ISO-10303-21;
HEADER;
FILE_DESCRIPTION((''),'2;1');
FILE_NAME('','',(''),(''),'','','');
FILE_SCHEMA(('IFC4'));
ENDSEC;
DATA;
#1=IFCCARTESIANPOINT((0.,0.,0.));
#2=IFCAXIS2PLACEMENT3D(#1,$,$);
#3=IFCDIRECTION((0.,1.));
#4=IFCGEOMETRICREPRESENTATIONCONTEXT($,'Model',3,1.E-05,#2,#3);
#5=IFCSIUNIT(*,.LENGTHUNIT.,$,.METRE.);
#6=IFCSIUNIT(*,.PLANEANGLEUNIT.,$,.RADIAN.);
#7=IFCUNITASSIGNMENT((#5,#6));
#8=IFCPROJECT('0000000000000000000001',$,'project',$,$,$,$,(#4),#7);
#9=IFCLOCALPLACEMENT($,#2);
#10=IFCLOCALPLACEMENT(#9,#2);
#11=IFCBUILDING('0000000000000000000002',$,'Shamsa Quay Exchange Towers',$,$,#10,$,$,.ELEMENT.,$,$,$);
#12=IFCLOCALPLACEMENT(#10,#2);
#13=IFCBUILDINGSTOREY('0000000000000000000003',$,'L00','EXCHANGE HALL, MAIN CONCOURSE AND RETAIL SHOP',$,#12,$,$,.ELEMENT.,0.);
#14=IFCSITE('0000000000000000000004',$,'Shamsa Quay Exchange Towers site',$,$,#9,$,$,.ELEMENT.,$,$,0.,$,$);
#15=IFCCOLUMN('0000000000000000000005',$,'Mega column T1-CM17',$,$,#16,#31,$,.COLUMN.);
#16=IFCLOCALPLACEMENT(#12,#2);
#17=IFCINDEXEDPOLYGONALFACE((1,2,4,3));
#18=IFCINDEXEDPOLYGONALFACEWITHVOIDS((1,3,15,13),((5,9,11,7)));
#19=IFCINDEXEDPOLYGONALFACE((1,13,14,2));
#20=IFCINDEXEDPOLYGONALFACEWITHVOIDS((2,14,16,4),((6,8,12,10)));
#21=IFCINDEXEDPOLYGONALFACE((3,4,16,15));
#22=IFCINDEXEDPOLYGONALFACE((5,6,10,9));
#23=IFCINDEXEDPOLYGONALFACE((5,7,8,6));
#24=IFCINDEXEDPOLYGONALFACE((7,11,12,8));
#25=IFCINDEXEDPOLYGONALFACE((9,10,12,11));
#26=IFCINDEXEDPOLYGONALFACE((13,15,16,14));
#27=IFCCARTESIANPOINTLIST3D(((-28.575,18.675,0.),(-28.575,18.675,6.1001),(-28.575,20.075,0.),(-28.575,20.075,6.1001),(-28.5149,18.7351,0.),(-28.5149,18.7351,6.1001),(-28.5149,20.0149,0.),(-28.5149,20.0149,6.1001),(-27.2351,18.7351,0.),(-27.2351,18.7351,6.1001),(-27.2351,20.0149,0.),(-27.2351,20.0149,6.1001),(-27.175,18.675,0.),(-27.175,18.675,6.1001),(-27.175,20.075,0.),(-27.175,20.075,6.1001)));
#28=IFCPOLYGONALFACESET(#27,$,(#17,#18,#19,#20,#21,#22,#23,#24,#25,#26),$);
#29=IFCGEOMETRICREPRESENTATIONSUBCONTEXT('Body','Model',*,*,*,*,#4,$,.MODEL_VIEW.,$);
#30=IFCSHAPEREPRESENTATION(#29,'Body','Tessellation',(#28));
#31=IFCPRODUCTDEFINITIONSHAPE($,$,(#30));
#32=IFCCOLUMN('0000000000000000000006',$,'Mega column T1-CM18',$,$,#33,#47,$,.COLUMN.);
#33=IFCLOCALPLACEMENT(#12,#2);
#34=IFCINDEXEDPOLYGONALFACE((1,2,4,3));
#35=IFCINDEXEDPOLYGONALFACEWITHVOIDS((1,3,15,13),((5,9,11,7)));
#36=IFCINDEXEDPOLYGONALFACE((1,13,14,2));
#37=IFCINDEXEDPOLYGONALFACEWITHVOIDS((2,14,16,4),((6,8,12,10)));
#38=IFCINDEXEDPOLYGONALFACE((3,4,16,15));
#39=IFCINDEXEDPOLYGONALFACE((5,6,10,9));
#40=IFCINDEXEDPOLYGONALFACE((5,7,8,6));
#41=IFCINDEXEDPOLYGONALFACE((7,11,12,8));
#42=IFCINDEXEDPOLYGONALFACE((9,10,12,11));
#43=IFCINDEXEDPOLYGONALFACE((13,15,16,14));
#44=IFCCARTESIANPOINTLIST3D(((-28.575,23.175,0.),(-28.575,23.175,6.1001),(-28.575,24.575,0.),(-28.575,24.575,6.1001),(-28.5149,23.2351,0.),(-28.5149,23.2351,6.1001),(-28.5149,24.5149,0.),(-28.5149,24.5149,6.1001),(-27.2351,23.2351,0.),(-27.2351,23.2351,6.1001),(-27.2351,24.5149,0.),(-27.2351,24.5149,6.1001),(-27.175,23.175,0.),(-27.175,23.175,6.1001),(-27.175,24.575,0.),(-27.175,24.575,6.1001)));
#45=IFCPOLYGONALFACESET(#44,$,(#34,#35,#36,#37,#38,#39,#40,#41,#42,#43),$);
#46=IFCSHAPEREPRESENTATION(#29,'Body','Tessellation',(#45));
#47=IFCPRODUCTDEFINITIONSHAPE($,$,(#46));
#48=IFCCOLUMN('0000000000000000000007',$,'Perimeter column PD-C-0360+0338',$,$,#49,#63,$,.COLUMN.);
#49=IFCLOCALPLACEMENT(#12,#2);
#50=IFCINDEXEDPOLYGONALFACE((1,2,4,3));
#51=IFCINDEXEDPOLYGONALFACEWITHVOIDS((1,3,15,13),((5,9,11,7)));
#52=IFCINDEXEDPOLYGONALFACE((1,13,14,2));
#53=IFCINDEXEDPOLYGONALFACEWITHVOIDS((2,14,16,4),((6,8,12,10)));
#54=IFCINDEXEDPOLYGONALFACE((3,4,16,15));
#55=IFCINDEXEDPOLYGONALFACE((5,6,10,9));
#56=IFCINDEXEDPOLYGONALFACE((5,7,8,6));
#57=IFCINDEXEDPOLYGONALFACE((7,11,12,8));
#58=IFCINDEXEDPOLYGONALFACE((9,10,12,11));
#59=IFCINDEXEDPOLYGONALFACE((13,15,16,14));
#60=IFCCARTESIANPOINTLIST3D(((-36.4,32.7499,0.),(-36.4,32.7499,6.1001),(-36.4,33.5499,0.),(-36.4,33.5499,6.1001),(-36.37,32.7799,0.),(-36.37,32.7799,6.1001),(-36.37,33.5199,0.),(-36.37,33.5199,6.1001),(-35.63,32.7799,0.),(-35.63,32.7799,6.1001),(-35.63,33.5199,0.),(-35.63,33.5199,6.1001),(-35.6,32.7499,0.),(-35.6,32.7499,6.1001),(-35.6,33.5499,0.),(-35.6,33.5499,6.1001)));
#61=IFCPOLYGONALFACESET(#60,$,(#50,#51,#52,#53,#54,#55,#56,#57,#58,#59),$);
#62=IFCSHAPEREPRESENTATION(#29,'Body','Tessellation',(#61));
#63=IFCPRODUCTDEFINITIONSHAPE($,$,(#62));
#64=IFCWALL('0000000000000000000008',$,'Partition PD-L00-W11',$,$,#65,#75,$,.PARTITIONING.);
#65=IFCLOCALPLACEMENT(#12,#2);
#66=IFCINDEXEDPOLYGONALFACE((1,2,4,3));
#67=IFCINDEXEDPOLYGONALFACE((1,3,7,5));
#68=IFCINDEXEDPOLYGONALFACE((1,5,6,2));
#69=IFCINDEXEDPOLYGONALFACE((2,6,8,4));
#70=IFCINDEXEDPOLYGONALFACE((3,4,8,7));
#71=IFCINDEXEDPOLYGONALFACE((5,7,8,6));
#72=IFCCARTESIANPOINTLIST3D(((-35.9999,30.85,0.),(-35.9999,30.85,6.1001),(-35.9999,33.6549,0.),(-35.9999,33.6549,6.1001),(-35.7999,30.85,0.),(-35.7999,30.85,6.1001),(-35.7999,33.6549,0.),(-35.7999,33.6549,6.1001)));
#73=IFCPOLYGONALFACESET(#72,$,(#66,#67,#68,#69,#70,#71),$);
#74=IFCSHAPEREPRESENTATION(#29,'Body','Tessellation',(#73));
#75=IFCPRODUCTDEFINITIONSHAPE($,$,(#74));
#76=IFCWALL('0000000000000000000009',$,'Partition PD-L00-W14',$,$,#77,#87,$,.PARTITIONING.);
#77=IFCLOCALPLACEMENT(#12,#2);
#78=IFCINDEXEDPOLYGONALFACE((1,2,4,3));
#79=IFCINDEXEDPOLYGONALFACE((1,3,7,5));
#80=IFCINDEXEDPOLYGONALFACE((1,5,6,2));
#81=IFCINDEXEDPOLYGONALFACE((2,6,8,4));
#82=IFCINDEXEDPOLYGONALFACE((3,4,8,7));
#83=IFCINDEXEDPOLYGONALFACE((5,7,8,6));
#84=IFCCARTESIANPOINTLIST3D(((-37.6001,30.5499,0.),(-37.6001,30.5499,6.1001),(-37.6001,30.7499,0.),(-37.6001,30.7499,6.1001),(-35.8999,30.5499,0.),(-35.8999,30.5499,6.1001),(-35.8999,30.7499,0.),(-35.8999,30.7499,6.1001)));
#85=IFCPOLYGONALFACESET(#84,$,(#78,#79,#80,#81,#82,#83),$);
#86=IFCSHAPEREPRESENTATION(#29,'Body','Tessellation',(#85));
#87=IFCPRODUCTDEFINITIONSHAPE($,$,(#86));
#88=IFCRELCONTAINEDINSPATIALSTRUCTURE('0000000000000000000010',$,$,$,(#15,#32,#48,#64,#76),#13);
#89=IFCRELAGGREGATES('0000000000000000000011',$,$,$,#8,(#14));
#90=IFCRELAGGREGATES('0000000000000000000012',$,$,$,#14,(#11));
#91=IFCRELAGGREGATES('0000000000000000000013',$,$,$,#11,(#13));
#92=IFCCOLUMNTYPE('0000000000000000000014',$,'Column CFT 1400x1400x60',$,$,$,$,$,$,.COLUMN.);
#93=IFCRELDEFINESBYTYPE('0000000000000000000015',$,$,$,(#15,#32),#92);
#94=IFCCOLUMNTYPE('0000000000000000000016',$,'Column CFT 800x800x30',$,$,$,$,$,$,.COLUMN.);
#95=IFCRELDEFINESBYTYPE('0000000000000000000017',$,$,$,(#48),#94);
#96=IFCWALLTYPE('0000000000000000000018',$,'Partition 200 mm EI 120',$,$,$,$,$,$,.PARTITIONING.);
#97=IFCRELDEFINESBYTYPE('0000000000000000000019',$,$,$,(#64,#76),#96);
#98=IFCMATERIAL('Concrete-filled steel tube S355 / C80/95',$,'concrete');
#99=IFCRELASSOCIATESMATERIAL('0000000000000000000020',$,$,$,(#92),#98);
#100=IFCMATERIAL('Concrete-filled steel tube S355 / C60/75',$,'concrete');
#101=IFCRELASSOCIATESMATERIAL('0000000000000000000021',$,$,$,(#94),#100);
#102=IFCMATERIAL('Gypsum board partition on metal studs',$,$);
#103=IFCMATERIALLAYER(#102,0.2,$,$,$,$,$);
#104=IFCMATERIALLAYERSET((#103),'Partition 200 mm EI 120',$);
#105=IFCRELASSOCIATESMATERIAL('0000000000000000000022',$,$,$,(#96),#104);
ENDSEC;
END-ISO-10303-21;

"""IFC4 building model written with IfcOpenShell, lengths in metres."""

from ifc_helpers import new_model, si_unit, direction, frame, frame_2d, origin, origin_2d, place, context, subcontext, project, spatial, rectangle, hollow_rectangle, extrude, material, layer, layer_set, material_profile, profile_set, type_object, element, save


model = new_model("IFC4")

# Units and contexts
model_context = context("Model", 3, precision=1e-05, world=origin(), true_north=direction((0.0, 1.0)))
body_context = subcontext(model_context, "Body", "Model", "MODEL_VIEW")
ifc_project = project(units=[si_unit("LENGTHUNIT", "METRE"), si_unit("PLANEANGLEUNIT", "RADIAN")], contexts=[model_context])

# Site, building, storey
site_placement = place(None, origin())
site = spatial("IfcSite", under=ifc_project, at=site_placement, Name="Shamsa Quay Exchange Towers site", CompositionType="ELEMENT", RefElevation=0.0)
building_placement = place(site_placement, origin())
building = spatial("IfcBuilding", under=site, at=building_placement, Name="Shamsa Quay Exchange Towers", CompositionType="ELEMENT")
storey_placement = place(building_placement, origin())
storey = spatial("IfcBuildingStorey", under=building, at=storey_placement, Name="L00", Description="EXCHANGE HALL, MAIN CONCOURSE AND RETAIL SHOP", CompositionType="ELEMENT", Elevation=0.0)

# Columns
ifc_material_1 = material(Name="Concrete-filled steel tube S355 / C80/95", Category="concrete")
ifc_material_profile_1 = material_profile(ifc_material_1, hollow_rectangle(XDim=1.3999, YDim=1.3999, WallThickness=0.0601, at=origin_2d()), Name="CFT 1400x1400x60")
ifc_profile_set_1 = profile_set([ifc_material_profile_1], Name="Concrete-filled steel tube S355 / C80/95")
column_type_1 = type_object("IfcColumnType", Name="Column CFT 1400x1400x60", PredefinedType="COLUMN", material=ifc_profile_set_1)
for number, where, name in (
    (1, (-27.875, 19.375, 0.0), "Mega column T1-CM17"),
    (2, (-27.875, 23.875, 0.0), "Mega column T1-CM18"),
):
    element("IfcColumn", number, at=place(storey_placement, frame(where)), inside=storey, type_object=column_type_1, Name=name, PredefinedType="COLUMN", context=body_context, shape_type="SweptSolid", body=[
        extrude(hollow_rectangle(XDim=1.3999, YDim=1.3999, WallThickness=0.0601, at=origin_2d()), origin(), (0.0, 0.0, 1.0), 6.1001),
    ])
ifc_material_2 = material(Name="Concrete-filled steel tube S355 / C60/75", Category="concrete")
ifc_material_profile_2 = material_profile(ifc_material_2, hollow_rectangle(XDim=0.8, YDim=0.8, WallThickness=0.03, at=origin_2d()), Name="CFT 800x800x30")
ifc_profile_set_2 = profile_set([ifc_material_profile_2], Name="Concrete-filled steel tube S355 / C60/75")
column_type_2 = type_object("IfcColumnType", Name="Column CFT 800x800x30", PredefinedType="COLUMN", material=ifc_profile_set_2)
column_placement = place(storey_placement, frame((-36.0, 33.1499, 0.0)))
element("IfcColumn", 3, at=column_placement, inside=storey, type_object=column_type_2, Name="Perimeter column PD-C-0360+0338", PredefinedType="COLUMN", context=body_context, shape_type="SweptSolid", body=[
    extrude(hollow_rectangle(XDim=0.8, YDim=0.8, WallThickness=0.03, at=origin_2d()), origin(), (0.0, 0.0, 1.0), 6.1001),
])

# Walls
ifc_material_3 = material(Name="Gypsum board partition on metal studs")
ifc_layer = layer(ifc_material_3, 0.2)
ifc_layer_set = layer_set([ifc_layer], Name="Partition 200 mm EI 120")
wall_type = type_object("IfcWallType", Name="Partition 200 mm EI 120", PredefinedType="PARTITIONING", material=ifc_layer_set)
wall_1_placement = place(storey_placement, frame((-35.8999, 30.8501, 0.0), z_axis=(0.0, 0.0, 1.0), x_axis=(0.0, 1.0, 0.0)))
element("IfcWall", 4, at=wall_1_placement, inside=storey, type_object=wall_type, Name="Partition PD-L00-W11", PredefinedType="PARTITIONING", context=body_context, shape_type="SweptSolid", body=[
    extrude(rectangle(XDim=2.8049, YDim=0.2, at=frame_2d((1.4023, 0.0))), origin(), (0.0, 0.0, 1.0), 6.1001),
])
wall_2_placement = place(storey_placement, frame((-37.6001, 30.6499, 0.0)))
element("IfcWall", 5, at=wall_2_placement, inside=storey, type_object=wall_type, Name="Partition PD-L00-W14", PredefinedType="PARTITIONING", context=body_context, shape_type="SweptSolid", body=[
    extrude(rectangle(XDim=1.7002, YDim=0.2, at=frame_2d((0.8501, 0.0))), origin(), (0.0, 0.0, 1.0), 6.1001),
])

save(model, "model.ifc")
